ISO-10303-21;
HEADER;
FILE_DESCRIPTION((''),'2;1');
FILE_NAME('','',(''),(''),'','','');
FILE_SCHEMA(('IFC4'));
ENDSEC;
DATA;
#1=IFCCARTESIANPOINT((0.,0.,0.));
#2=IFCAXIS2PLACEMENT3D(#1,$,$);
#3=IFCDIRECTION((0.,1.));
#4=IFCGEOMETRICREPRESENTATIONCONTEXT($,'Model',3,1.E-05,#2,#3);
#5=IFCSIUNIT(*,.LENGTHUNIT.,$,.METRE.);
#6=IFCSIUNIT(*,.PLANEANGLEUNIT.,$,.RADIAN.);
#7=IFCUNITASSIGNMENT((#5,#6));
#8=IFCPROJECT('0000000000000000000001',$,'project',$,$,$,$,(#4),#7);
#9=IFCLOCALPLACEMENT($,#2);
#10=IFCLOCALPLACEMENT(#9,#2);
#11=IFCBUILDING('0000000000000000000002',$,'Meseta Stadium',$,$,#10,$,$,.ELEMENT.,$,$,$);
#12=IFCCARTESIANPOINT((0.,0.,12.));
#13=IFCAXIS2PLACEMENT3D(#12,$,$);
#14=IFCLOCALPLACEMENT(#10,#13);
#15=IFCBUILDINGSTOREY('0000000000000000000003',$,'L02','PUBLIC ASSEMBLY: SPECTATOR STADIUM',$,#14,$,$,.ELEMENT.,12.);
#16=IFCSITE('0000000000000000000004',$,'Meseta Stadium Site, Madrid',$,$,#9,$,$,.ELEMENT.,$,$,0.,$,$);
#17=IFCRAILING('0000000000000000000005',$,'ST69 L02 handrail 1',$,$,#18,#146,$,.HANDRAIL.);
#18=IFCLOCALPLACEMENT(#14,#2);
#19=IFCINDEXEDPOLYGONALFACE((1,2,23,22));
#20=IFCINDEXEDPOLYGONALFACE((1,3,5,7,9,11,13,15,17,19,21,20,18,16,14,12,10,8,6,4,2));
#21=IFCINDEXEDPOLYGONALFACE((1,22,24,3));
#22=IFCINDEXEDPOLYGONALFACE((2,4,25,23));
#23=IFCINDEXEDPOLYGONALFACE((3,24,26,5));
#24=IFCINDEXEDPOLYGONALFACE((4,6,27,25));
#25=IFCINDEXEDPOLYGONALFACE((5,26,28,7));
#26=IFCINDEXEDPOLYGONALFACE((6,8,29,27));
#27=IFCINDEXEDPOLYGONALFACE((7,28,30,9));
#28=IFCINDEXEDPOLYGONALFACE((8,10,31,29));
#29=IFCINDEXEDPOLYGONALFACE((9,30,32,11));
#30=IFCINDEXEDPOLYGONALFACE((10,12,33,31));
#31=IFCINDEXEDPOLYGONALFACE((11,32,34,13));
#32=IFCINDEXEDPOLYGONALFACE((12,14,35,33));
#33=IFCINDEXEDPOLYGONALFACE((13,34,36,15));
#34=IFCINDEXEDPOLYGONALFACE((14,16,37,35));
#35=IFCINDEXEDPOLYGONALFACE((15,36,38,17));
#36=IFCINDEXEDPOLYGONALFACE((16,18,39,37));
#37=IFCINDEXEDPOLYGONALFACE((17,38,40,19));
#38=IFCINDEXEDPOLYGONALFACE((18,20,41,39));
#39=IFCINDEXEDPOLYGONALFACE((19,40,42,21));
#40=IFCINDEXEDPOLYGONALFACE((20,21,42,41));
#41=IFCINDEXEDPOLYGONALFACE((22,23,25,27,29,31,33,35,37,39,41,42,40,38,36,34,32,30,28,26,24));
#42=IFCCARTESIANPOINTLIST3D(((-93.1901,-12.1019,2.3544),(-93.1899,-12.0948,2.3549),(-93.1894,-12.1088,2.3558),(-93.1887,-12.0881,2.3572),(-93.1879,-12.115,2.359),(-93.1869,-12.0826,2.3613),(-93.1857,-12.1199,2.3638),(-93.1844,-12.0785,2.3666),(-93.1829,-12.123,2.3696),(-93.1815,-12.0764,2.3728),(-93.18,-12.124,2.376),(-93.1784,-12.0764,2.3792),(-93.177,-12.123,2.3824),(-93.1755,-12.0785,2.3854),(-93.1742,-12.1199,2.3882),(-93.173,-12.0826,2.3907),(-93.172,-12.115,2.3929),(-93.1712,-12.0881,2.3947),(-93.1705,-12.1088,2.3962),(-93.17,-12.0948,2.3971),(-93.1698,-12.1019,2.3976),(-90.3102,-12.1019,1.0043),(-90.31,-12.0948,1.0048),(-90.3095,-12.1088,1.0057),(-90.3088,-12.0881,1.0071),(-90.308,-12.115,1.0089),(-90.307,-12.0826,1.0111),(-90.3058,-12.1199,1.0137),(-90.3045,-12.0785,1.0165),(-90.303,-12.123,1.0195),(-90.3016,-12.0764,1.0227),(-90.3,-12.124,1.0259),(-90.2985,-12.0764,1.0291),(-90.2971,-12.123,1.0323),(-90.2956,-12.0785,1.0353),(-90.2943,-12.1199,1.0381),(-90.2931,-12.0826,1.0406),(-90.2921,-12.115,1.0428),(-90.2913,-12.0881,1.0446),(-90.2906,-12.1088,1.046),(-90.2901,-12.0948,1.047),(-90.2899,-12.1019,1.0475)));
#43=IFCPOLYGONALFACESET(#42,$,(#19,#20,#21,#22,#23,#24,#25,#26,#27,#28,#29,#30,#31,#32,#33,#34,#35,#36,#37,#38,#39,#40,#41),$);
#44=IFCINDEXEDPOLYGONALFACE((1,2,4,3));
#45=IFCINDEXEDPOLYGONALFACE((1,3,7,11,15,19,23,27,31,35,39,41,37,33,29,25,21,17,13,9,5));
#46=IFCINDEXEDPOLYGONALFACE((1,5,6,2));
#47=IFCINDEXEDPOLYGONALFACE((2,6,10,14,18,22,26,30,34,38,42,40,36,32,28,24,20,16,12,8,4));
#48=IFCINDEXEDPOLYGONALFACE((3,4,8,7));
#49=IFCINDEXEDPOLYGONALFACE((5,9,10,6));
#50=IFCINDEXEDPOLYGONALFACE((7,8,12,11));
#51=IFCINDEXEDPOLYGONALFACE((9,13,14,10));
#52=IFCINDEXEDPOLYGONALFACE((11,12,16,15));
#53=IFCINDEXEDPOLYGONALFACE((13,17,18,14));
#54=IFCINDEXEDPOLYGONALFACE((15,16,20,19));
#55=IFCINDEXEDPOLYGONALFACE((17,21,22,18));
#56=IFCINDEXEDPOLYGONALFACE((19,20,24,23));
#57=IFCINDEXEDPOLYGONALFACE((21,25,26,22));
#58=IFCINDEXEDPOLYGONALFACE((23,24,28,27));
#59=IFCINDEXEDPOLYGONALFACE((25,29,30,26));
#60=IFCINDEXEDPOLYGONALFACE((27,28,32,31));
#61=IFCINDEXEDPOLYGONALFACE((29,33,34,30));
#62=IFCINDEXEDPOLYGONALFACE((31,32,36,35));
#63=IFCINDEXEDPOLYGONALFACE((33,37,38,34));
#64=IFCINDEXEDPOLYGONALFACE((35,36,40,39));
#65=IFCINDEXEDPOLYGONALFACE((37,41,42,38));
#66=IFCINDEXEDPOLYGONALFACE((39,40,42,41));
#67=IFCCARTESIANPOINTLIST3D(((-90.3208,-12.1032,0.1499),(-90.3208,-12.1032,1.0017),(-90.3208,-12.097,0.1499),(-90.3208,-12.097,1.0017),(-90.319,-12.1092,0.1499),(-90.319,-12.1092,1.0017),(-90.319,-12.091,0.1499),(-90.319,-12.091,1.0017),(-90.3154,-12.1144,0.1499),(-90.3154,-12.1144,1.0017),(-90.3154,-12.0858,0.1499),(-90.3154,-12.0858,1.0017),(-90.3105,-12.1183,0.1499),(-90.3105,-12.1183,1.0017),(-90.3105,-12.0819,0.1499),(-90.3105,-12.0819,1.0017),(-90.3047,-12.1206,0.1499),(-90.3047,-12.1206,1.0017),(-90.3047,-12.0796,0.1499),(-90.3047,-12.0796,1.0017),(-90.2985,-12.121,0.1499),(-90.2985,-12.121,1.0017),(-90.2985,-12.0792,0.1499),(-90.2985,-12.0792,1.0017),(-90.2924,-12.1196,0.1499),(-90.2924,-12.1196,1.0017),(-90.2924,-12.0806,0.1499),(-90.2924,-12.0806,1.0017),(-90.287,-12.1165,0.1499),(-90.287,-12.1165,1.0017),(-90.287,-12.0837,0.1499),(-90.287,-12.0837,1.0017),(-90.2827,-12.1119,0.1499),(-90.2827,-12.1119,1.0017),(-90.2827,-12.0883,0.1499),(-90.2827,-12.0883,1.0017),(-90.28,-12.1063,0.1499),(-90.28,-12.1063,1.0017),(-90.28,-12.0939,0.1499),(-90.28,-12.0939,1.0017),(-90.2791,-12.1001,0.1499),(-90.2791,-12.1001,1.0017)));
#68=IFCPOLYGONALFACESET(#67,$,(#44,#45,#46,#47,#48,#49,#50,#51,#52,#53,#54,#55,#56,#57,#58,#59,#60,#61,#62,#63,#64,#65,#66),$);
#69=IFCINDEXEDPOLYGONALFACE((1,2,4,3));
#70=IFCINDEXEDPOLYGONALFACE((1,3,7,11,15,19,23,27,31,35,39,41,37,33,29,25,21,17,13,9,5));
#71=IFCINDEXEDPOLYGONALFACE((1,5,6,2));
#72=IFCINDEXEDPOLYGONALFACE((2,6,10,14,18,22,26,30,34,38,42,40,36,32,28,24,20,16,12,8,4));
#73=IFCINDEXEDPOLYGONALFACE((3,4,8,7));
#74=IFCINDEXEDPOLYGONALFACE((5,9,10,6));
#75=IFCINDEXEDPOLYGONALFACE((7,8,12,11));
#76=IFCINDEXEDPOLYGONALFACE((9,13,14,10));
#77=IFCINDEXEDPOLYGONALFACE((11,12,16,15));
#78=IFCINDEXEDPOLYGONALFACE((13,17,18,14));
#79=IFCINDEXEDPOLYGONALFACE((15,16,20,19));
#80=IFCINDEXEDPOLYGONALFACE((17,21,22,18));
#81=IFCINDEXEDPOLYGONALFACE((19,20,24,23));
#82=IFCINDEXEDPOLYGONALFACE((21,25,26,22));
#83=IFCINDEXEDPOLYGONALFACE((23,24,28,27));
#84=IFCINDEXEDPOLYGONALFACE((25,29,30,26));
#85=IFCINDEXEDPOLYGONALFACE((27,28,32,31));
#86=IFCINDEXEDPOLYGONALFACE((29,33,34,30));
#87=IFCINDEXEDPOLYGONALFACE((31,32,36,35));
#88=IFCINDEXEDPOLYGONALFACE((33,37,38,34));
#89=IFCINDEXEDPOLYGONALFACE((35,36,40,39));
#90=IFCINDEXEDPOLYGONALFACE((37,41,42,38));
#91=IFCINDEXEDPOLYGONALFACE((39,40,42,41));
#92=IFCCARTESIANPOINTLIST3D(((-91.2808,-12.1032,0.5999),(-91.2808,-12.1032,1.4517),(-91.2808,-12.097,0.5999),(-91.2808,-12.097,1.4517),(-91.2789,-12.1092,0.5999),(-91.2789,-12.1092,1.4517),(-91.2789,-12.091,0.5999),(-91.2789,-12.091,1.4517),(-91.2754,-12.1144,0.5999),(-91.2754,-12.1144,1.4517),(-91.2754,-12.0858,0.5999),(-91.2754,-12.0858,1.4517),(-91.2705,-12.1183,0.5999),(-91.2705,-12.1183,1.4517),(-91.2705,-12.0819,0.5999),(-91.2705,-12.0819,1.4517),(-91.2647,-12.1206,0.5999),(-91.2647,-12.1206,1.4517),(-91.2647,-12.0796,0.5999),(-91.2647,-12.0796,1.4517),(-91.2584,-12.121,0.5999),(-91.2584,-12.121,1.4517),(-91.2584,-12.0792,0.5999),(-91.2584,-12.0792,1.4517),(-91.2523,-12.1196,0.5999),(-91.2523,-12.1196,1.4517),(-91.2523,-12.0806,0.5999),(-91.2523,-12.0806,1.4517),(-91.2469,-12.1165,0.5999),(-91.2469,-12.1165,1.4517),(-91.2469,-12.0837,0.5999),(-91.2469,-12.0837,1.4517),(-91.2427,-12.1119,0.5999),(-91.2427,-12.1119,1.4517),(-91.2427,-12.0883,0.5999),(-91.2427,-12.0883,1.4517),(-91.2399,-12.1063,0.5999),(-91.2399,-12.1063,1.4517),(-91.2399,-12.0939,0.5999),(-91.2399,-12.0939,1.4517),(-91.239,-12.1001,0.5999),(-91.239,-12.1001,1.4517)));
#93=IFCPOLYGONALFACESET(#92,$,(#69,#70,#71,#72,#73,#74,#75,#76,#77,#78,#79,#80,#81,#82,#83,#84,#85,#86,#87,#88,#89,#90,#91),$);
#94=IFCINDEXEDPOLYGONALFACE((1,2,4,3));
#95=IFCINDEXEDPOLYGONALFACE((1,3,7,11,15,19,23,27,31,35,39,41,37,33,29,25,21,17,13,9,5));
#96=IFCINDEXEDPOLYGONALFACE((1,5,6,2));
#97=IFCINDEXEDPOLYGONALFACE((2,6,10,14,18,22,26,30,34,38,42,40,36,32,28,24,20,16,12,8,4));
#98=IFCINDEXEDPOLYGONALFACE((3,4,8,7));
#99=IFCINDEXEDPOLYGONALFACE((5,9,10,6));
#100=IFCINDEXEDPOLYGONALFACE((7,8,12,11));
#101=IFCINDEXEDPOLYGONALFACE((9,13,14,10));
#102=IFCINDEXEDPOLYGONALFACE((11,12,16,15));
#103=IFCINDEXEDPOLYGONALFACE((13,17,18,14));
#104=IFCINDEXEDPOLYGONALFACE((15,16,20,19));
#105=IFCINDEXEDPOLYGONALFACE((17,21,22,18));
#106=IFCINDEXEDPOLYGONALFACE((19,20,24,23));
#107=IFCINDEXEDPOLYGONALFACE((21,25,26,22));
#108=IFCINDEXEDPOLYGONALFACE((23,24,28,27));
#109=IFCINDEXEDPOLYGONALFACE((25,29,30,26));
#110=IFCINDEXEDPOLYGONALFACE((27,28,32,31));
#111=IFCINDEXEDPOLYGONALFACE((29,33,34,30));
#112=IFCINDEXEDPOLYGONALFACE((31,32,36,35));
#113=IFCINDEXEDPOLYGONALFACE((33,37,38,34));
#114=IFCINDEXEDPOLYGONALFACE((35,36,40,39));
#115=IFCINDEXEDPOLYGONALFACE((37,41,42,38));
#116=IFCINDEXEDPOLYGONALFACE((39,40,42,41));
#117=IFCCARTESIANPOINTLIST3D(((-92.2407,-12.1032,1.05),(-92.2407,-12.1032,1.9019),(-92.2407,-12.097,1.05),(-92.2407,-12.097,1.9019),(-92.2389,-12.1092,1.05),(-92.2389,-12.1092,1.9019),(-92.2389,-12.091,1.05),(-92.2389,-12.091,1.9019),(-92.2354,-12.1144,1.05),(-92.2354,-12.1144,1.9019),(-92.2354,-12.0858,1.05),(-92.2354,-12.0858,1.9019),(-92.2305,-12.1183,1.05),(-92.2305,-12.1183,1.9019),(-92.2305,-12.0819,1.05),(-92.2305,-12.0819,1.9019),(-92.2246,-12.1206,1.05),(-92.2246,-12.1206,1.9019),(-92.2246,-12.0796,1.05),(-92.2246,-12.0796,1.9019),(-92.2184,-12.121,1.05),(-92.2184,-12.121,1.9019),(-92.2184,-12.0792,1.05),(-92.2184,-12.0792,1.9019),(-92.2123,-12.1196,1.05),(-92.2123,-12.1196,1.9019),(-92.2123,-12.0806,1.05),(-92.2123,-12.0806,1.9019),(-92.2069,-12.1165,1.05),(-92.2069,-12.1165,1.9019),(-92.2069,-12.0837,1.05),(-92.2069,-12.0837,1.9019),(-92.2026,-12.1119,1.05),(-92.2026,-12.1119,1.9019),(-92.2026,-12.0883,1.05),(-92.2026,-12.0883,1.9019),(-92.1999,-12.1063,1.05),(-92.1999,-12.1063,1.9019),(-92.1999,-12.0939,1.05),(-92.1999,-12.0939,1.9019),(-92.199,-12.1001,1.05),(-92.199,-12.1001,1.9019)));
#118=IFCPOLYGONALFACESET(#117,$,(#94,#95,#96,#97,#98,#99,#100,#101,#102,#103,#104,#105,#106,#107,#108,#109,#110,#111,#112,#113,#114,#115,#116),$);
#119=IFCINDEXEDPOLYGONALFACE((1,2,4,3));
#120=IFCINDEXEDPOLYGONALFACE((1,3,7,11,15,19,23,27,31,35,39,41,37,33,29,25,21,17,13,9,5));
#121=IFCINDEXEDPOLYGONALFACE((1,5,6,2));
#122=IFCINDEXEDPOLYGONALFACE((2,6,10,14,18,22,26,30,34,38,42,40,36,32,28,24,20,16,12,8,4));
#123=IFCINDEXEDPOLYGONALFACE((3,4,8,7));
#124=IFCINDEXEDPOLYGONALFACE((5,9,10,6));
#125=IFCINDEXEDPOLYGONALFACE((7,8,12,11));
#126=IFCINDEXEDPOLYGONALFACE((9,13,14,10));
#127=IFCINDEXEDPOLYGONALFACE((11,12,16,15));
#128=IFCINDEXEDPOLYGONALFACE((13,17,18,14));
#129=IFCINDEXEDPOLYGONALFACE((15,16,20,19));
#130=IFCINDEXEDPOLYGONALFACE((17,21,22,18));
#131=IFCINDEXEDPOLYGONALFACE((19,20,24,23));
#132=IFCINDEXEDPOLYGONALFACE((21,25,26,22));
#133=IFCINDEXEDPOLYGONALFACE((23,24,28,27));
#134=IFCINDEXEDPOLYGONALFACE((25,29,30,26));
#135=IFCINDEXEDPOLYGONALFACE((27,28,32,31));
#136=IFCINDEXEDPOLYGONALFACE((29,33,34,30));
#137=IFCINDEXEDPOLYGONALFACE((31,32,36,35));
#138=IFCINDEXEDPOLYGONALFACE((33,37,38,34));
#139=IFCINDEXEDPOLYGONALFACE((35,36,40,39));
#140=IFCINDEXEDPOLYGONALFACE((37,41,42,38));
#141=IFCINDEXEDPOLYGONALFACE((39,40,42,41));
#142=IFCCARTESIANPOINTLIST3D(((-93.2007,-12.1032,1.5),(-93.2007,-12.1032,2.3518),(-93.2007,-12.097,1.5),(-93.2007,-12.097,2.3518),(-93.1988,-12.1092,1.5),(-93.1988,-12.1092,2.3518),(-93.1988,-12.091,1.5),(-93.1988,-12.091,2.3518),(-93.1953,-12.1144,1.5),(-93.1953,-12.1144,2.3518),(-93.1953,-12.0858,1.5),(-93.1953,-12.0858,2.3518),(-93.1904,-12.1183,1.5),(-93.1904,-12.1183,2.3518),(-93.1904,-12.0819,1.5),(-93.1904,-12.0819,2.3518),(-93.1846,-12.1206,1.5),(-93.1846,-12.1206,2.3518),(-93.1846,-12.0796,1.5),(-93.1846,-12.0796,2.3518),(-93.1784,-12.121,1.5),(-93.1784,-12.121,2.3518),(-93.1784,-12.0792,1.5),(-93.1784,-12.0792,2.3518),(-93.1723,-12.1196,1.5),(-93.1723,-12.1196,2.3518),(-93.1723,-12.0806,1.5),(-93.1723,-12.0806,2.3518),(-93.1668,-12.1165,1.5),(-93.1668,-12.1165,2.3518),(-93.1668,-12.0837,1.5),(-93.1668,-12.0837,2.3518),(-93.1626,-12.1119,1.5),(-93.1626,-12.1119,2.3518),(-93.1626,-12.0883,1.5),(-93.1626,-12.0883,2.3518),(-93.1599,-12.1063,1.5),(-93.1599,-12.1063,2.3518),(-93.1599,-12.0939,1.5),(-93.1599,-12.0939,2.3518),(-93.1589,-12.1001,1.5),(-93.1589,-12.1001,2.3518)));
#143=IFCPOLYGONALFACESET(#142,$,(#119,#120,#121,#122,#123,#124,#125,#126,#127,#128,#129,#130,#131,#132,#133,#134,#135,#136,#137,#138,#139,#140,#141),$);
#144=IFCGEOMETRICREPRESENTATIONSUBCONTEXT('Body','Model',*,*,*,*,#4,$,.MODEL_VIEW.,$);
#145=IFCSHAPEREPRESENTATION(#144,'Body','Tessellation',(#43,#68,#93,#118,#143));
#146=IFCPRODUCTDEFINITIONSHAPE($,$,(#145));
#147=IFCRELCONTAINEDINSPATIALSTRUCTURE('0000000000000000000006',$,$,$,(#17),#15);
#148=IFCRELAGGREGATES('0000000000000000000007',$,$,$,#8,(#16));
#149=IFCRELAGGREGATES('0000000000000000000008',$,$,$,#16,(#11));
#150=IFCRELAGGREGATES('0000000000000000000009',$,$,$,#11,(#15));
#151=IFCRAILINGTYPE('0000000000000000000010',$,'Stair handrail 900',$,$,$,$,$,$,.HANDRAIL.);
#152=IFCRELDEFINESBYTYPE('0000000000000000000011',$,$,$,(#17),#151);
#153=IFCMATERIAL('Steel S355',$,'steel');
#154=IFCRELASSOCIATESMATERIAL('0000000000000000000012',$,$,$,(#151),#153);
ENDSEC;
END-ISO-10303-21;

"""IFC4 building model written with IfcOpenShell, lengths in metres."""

from ifc_helpers import new_model, si_unit, direction, frame, origin, origin_2d, place, context, subcontext, project, spatial, circle, extrude, material, type_object, element, save


model = new_model("IFC4")

# Units and contexts
model_context = context("Model", 3, precision=1e-05, world=origin(), true_north=direction((0.0, 1.0)))
body_context = subcontext(model_context, "Body", "Model", "MODEL_VIEW")
ifc_project = project(units=[si_unit("LENGTHUNIT", "METRE"), si_unit("PLANEANGLEUNIT", "RADIAN")], contexts=[model_context])

# Site, building, storey
site_placement = place(None, origin())
site = spatial("IfcSite", under=ifc_project, at=site_placement, Name="Meseta Stadium Site, Madrid", CompositionType="ELEMENT", RefElevation=0.0)
building_placement = place(site_placement, origin())
building = spatial("IfcBuilding", under=site, at=building_placement, Name="Meseta Stadium", CompositionType="ELEMENT")
storey_placement = place(building_placement, frame((0.0, 0.0, 12.0)))
storey = spatial("IfcBuildingStorey", under=building, at=storey_placement, Name="L02", Description="PUBLIC ASSEMBLY: SPECTATOR STADIUM", CompositionType="ELEMENT", Elevation=12.0)

# Railing
ifc_material_1 = material(Name="Steel S355", Category="steel")
railing_type_1 = type_object("IfcRailingType", Name="Stair handrail 900", PredefinedType="HANDRAIL", material=ifc_material_1)
railing_1_placement = place(storey_placement, frame((-90.3, -12.1001, 0.1499)))
element("IfcRailing", 1, at=railing_1_placement, inside=storey, type_object=railing_type_1, Name="ST69 L02 handrail 1", PredefinedType="HANDRAIL", context=body_context, shape_type="SweptSolid", body=[
    extrude(circle(Radius=0.0239, at=origin_2d()), frame((0.0, 0.0, 0.876), z_axis=(-0.90544, 0.0, 0.424473), x_axis=(0.0, -1.0, 0.0)), (0.0, 0.0, 1.0), 3.1807),
    extrude(circle(Radius=0.021, at=origin_2d()), origin(), (0.0, 0.0, 1.0), 0.8518),
    extrude(circle(Radius=0.021, at=origin_2d()), frame((-0.96, 0.0, 0.45)), (0.0, 0.0, 1.0), 0.8518),
    extrude(circle(Radius=0.021, at=origin_2d()), frame((-1.9199, 0.0, 0.9001)), (0.0, 0.0, 1.0), 0.8518),
    extrude(circle(Radius=0.021, at=origin_2d()), frame((-2.8799, 0.0, 1.3501)), (0.0, 0.0, 1.0), 0.8518),
])

save(model, "model.ifc")
